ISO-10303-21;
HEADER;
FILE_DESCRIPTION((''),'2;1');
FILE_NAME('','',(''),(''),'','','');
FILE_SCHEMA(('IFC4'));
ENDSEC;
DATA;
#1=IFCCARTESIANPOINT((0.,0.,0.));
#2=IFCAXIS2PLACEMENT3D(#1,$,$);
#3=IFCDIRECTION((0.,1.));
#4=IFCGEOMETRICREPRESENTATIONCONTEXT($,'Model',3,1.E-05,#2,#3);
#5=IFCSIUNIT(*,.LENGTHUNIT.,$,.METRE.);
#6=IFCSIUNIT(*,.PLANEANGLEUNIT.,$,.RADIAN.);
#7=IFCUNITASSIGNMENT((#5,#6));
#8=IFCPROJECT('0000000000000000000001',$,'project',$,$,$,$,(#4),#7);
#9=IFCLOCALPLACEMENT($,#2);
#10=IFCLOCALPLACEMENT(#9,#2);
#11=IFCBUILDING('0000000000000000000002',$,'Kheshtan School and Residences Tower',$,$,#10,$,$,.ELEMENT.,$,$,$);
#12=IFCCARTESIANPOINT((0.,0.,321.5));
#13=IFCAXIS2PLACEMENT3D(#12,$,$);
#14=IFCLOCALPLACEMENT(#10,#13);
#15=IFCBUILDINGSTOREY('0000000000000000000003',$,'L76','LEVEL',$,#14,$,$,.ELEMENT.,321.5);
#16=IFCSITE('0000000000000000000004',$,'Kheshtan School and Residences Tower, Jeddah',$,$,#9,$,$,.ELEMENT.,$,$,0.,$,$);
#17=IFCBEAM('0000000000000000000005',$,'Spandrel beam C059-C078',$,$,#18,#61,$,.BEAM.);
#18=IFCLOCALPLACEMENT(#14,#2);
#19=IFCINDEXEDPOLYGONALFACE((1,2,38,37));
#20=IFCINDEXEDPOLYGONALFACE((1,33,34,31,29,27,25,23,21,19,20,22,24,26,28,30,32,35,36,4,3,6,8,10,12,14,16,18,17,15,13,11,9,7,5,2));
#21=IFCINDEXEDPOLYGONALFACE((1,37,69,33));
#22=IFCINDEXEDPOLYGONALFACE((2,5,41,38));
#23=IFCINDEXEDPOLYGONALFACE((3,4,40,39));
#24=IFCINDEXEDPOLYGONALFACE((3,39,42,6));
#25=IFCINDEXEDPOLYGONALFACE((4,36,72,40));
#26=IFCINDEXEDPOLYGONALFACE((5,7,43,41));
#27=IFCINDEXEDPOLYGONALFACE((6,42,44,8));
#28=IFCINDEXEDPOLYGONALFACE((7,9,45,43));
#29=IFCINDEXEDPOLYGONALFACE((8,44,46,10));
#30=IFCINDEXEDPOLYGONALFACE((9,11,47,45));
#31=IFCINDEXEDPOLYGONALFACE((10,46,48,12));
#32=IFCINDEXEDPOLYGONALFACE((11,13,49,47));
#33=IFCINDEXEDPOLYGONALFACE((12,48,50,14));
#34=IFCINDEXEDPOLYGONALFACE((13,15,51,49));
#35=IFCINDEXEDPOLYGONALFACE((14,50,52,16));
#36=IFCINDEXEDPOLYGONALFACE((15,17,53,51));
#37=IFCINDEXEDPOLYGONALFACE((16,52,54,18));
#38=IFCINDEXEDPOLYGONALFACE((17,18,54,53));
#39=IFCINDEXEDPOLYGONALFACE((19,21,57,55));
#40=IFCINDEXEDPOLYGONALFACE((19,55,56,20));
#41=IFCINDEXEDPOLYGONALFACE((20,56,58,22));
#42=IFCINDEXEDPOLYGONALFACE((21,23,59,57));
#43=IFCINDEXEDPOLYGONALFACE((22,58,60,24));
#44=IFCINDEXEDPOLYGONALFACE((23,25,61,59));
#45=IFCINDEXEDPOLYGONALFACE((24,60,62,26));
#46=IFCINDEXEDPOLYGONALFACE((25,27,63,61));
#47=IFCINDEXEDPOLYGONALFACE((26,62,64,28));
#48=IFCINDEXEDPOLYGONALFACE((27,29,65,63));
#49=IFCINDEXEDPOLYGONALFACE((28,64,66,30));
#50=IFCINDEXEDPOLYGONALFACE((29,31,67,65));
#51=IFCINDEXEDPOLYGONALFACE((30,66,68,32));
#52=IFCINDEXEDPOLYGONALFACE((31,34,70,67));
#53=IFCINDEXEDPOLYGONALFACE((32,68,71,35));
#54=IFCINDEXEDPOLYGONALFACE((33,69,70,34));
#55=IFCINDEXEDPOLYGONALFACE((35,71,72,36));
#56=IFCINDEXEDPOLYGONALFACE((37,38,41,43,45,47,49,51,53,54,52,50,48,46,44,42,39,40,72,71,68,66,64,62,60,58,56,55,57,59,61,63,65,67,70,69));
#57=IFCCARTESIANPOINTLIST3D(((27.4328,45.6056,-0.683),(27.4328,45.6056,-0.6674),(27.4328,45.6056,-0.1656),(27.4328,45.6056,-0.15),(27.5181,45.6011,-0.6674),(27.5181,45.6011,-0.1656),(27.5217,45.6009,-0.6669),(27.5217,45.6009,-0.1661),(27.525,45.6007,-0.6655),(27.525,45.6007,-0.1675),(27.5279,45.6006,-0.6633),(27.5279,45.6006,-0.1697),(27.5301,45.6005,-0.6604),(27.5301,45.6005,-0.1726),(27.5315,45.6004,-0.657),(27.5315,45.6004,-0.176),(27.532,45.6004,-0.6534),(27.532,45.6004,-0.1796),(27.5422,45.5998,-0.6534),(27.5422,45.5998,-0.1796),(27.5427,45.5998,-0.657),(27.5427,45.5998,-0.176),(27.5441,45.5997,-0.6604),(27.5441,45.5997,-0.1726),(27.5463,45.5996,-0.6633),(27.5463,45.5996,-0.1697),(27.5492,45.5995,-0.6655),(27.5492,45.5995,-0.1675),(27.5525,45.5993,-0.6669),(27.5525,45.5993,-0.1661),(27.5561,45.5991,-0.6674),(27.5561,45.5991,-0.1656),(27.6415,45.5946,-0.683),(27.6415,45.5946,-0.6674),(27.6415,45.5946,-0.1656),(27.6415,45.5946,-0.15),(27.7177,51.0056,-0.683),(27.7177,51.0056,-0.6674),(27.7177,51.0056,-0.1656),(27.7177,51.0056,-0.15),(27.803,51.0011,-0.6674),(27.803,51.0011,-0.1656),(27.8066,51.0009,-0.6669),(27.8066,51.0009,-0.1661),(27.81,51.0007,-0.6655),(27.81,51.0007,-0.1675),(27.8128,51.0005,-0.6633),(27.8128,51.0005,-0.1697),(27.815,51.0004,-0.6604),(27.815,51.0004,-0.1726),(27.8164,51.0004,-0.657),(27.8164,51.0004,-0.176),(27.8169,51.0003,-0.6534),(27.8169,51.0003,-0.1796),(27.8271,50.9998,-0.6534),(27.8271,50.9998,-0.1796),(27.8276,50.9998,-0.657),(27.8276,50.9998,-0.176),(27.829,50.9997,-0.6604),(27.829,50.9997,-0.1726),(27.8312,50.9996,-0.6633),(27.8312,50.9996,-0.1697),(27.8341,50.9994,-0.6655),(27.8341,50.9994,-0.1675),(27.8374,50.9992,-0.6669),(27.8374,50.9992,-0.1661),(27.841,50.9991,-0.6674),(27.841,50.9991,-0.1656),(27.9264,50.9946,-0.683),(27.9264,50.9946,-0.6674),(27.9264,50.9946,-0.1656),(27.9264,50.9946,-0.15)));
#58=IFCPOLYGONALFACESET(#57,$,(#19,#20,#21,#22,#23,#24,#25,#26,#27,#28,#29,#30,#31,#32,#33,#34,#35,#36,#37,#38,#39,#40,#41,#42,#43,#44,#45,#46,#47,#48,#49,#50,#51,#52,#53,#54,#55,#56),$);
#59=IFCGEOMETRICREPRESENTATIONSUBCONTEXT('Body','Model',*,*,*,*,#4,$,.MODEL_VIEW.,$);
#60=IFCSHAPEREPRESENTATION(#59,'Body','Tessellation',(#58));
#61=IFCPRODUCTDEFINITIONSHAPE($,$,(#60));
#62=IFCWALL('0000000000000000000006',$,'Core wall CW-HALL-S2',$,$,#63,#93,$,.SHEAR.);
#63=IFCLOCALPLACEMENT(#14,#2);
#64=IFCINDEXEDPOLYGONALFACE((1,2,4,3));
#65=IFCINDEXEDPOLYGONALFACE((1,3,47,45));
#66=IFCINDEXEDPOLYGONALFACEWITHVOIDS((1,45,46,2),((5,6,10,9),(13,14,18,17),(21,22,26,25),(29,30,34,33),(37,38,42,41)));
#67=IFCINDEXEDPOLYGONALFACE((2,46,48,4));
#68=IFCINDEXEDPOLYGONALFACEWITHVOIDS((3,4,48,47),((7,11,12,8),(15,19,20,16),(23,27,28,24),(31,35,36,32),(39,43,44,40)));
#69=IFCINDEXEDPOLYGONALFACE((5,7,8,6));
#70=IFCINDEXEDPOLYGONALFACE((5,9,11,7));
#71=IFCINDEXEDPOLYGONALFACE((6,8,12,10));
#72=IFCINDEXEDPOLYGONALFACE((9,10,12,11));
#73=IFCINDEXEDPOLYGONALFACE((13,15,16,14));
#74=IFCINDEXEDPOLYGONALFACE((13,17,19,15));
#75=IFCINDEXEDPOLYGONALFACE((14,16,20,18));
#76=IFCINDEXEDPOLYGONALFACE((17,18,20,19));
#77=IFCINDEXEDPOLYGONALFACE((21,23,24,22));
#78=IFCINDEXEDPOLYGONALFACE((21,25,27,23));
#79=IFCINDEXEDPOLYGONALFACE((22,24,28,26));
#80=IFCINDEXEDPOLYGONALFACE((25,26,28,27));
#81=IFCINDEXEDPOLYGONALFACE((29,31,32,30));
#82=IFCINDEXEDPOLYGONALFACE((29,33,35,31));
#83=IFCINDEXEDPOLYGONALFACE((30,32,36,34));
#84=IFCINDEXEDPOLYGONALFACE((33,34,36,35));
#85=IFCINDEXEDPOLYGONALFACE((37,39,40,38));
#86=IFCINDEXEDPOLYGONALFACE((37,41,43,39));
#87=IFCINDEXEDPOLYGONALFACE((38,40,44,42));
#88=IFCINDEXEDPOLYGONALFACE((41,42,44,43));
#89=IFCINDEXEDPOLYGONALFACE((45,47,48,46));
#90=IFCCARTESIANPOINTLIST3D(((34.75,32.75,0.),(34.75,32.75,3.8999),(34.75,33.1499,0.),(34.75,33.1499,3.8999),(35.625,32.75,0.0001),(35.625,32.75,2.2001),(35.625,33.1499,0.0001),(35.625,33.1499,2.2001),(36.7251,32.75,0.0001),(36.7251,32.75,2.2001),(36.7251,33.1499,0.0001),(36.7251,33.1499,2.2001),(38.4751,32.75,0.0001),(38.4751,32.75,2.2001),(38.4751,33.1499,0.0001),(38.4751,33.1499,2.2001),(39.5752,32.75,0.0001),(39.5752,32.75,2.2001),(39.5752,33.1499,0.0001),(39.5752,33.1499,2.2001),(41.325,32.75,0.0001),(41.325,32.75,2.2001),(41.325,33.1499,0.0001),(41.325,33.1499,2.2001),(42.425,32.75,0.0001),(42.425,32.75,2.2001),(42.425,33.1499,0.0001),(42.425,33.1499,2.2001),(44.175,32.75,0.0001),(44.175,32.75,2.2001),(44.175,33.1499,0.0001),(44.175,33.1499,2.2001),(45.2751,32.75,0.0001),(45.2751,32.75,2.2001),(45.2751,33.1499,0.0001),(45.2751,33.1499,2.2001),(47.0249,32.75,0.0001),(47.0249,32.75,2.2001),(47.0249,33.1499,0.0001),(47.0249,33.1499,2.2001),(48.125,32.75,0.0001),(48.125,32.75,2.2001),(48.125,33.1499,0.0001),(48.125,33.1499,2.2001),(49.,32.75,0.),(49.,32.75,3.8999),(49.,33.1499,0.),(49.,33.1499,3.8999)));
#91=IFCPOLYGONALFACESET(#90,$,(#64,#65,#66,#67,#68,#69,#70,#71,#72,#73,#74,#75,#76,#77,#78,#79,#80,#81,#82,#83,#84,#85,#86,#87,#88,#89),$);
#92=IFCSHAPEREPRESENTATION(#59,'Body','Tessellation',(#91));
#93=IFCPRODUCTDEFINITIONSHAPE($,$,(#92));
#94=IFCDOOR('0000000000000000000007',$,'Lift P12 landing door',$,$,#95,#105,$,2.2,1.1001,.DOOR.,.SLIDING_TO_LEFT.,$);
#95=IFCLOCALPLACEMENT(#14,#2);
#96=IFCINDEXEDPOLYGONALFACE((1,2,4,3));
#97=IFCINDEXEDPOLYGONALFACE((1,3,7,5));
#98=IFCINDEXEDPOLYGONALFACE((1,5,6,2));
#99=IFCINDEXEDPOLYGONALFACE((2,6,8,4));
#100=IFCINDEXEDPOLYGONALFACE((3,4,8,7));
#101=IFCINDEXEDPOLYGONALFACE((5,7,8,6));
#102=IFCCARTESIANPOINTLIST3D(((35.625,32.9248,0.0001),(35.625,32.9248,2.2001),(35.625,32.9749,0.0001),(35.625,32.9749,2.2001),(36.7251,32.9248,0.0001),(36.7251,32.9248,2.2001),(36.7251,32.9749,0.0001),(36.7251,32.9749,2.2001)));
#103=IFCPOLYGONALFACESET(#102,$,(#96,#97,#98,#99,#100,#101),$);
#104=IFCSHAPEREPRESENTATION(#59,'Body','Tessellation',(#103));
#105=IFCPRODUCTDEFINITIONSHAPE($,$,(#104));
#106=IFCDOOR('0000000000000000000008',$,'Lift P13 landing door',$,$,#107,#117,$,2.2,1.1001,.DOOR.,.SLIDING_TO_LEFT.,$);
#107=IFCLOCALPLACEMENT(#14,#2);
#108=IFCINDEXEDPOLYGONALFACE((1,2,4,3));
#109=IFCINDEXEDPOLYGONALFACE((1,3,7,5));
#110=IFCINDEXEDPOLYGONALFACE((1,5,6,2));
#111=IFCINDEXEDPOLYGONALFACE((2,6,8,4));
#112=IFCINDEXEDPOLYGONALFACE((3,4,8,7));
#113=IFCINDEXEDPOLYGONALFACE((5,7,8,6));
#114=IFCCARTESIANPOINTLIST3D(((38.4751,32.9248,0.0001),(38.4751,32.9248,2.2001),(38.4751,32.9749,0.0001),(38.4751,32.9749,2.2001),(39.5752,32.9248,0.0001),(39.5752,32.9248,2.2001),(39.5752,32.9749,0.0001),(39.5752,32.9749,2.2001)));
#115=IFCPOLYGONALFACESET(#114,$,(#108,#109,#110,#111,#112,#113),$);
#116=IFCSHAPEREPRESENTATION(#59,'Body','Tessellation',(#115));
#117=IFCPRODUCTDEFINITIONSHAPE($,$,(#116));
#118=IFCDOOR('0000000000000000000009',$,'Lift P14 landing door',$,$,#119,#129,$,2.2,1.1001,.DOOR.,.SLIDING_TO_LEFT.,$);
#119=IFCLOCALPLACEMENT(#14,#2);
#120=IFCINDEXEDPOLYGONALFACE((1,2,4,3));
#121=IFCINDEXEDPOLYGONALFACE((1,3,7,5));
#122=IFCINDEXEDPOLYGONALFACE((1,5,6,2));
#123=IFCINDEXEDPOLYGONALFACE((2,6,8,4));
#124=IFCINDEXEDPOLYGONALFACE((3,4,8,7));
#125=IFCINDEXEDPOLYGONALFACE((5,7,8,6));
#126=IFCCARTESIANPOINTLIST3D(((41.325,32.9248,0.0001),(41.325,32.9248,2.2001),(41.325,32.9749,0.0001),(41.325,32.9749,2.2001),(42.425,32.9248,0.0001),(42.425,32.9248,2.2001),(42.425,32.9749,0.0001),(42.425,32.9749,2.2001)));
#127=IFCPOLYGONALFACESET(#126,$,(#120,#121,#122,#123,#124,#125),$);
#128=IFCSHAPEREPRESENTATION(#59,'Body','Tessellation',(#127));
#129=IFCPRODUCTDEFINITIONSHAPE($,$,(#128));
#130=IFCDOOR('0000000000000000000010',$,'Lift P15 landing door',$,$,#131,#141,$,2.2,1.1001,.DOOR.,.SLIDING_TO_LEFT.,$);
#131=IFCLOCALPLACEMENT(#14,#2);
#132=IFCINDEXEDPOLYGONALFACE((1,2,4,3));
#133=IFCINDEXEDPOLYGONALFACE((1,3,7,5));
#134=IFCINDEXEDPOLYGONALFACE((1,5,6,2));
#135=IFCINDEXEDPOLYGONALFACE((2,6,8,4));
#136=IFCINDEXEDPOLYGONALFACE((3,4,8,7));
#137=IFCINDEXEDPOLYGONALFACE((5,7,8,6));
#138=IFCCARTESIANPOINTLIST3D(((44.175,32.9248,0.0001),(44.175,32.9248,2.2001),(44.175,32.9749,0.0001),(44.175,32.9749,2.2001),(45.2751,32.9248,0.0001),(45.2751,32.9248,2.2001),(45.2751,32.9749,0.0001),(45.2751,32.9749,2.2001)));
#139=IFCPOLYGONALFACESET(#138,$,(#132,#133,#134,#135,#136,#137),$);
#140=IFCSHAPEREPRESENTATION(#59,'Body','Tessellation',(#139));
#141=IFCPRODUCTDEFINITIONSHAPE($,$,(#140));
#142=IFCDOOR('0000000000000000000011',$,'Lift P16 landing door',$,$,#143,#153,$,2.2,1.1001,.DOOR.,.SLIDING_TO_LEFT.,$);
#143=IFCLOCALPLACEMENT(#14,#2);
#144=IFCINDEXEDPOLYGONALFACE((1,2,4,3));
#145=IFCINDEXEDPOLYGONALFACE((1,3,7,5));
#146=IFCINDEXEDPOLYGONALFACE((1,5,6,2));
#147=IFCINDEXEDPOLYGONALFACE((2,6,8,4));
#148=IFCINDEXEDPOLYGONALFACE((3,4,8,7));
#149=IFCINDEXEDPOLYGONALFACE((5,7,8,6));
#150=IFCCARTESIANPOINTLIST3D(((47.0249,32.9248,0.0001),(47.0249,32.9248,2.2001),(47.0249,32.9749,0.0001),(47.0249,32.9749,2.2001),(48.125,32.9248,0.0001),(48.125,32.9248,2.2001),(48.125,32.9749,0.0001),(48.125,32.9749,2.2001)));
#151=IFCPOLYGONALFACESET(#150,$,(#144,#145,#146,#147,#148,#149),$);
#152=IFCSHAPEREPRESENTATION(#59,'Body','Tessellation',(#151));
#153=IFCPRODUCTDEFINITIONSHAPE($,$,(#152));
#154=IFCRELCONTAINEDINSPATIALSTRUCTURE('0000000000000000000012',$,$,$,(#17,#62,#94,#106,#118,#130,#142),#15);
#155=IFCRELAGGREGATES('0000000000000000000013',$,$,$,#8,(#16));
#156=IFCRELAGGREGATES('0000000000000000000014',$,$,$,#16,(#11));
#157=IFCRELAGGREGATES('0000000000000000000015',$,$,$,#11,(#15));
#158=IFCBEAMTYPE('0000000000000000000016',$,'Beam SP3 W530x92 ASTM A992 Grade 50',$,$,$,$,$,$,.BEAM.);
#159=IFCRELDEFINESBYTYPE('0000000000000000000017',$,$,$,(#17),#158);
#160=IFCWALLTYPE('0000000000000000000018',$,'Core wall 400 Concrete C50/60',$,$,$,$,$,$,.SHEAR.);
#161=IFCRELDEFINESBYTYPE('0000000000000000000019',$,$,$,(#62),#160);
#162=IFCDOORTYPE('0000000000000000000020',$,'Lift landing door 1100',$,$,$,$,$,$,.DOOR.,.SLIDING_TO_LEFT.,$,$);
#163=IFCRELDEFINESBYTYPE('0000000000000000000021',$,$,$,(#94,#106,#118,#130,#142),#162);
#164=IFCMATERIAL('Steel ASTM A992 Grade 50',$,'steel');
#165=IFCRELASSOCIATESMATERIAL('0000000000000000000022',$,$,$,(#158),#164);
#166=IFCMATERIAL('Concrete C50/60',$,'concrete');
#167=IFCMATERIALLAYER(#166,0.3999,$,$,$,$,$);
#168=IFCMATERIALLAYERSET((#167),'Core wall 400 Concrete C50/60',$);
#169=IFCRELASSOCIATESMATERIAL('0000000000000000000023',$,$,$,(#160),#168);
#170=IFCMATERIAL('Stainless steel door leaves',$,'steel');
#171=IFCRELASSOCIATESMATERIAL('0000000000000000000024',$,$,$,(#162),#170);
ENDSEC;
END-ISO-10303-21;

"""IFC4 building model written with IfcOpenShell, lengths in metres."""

from ifc_helpers import new_model, si_unit, direction, frame, frame_2d, origin, origin_2d, place, context, subcontext, project, spatial, rectangle, i_section, extrude, source, transform, mapped, material, layer, layer_set, material_profile, profile_set, type_object, element, fill, save


model = new_model("IFC4")

# Units and contexts
model_context = context("Model", 3, precision=1e-05, world=origin(), true_north=direction((0.0, 1.0)))
body_context = subcontext(model_context, "Body", "Model", "MODEL_VIEW")
ifc_project = project(units=[si_unit("LENGTHUNIT", "METRE"), si_unit("PLANEANGLEUNIT", "RADIAN")], contexts=[model_context])

# Site, building, storey
site_placement = place(None, origin())
site = spatial("IfcSite", under=ifc_project, at=site_placement, Name="Kheshtan School and Residences Tower, Jeddah", CompositionType="ELEMENT", RefElevation=0.0)
building_placement = place(site_placement, origin())
building = spatial("IfcBuilding", under=site, at=building_placement, Name="Kheshtan School and Residences Tower", CompositionType="ELEMENT")
storey_placement = place(building_placement, frame((0.0, 0.0, 321.5)))
storey = spatial("IfcBuildingStorey", under=building, at=storey_placement, Name="L76", Description="LEVEL", CompositionType="ELEMENT", Elevation=321.5)

# Shared definitions
ifc_material_1 = material(Name="Steel ASTM A992 Grade 50", Category="steel")

# Beam
ifc_material_profile_1 = material_profile(ifc_material_1, i_section(OverallWidth=0.209, OverallDepth=0.533, WebThickness=0.0103, FlangeThickness=0.0156, FilletRadius=0.0139, at=origin_2d()), Name="W530x92")
ifc_profile_set_1 = profile_set([ifc_material_profile_1], Name="Steel ASTM A992 Grade 50")
beam_type_1 = type_object("IfcBeamType", Name="Beam SP3 W530x92 ASTM A992 Grade 50", PredefinedType="BEAM", material=ifc_profile_set_1)
beam_1_placement = place(storey_placement, frame((27.5371, 45.6001, -0.4165), z_axis=(0.052689, 0.998611, 0.0), x_axis=(-0.998611, 0.052689, 0.0)))
element("IfcBeam", 1, at=beam_1_placement, inside=storey, type_object=beam_type_1, Name="Spandrel beam C059-C078", PredefinedType="BEAM", context=body_context, shape_type="SweptSolid", body=[
    extrude(i_section(OverallWidth=0.209, OverallDepth=0.533, WebThickness=0.0103, FlangeThickness=0.0156, FilletRadius=0.0139, at=origin_2d()), origin(), (0.0, 0.0, 1.0), 5.4075),
])

# Wall, openings, doors
ifc_material_2 = material(Name="Concrete C50/60", Category="concrete")
ifc_layer_1 = layer(ifc_material_2, 0.3999)
ifc_layer_set_1 = layer_set([ifc_layer_1], Name="Core wall 400 Concrete C50/60")
wall_type_1 = type_object("IfcWallType", Name="Core wall 400 Concrete C50/60", PredefinedType="SHEAR", material=ifc_layer_set_1)
wall_1_placement = place(storey_placement, frame((34.75, 32.95, 0.0), z_axis=(0.0, 0.0, 1.0), x_axis=(1.0, 0.0, 0.0)))
wall_1 = element("IfcWall", 2, at=wall_1_placement, inside=storey, type_object=wall_type_1, Name="Core wall CW-HALL-S2", PredefinedType="SHEAR", context=body_context, shape_type="SweptSolid", body=[
    extrude(rectangle(XDim=14.25, YDim=0.3999, at=frame_2d((7.125, 0.0))), origin(), (0.0, 0.0, 1.0), 3.8999),
])
opening_1_placement = place(wall_1_placement, frame((0.875, 0.0, 0.0)))
opening_1 = element("IfcOpeningElement", 3, at=opening_1_placement, cuts=wall_1, PredefinedType="OPENING", context=body_context, shape_type="SweptSolid", body=[
    extrude(rectangle(XDim=1.1001, YDim=2.2, at=frame_2d((0.55, 1.1001))), frame((0.0, 0.21, 0.0), z_axis=(0.0, -1.0, 0.0), x_axis=(1.0, 0.0, 0.0)), (0.0, 0.0, 1.0), 0.4199),
])
opening_2_placement = place(wall_1_placement, frame((3.7251, 0.0, 0.0)))
opening_2 = element("IfcOpeningElement", 4, at=opening_2_placement, cuts=wall_1, PredefinedType="OPENING", context=body_context, shape_type="SweptSolid", body=[
    extrude(rectangle(XDim=1.1001, YDim=2.2, at=frame_2d((0.55, 1.1001))), frame((0.0, 0.21, 0.0), z_axis=(0.0, -1.0, 0.0), x_axis=(1.0, 0.0, 0.0)), (0.0, 0.0, 1.0), 0.4199),
])
opening_3_placement = place(wall_1_placement, frame((6.575, 0.0, 0.0)))
opening_3 = element("IfcOpeningElement", 5, at=opening_3_placement, cuts=wall_1, PredefinedType="OPENING", context=body_context, shape_type="SweptSolid", body=[
    extrude(rectangle(XDim=1.1001, YDim=2.2, at=frame_2d((0.55, 1.1001))), frame((0.0, 0.21, 0.0), z_axis=(0.0, -1.0, 0.0), x_axis=(1.0, 0.0, 0.0)), (0.0, 0.0, 1.0), 0.4199),
])
opening_4_placement = place(wall_1_placement, frame((9.425, 0.0, 0.0)))
opening_4 = element("IfcOpeningElement", 6, at=opening_4_placement, cuts=wall_1, PredefinedType="OPENING", context=body_context, shape_type="SweptSolid", body=[
    extrude(rectangle(XDim=1.1001, YDim=2.2, at=frame_2d((0.55, 1.1001))), frame((0.0, 0.21, 0.0), z_axis=(0.0, -1.0, 0.0), x_axis=(1.0, 0.0, 0.0)), (0.0, 0.0, 1.0), 0.4199),
])
opening_5_placement = place(wall_1_placement, frame((12.2749, 0.0, 0.0)))
opening_5 = element("IfcOpeningElement", 7, at=opening_5_placement, cuts=wall_1, PredefinedType="OPENING", context=body_context, shape_type="SweptSolid", body=[
    extrude(rectangle(XDim=1.1001, YDim=2.2, at=frame_2d((0.55, 1.1001))), frame((0.0, 0.21, 0.0), z_axis=(0.0, -1.0, 0.0), x_axis=(1.0, 0.0, 0.0)), (0.0, 0.0, 1.0), 0.4199),
])
ifc_material_3 = material(Name="Stainless steel door leaves", Category="steel")
door_type_1 = type_object("IfcDoorType", Name="Lift landing door 1100", OperationType="SLIDING_TO_LEFT", PredefinedType="DOOR", material=ifc_material_3)
shared_shape_1 = source(origin(), body_context, "Body", "SweptSolid", [
    extrude(rectangle(XDim=1.1001, YDim=2.2, at=frame_2d((0.55, 1.1001))), frame((0.0, 0.0249, 0.0), z_axis=(0.0, -1.0, 0.0), x_axis=(1.0, 0.0, 0.0)), (0.0, 0.0, 1.0), 0.05),
])
door_1_placement = place(opening_1_placement, origin())
door_1 = element("IfcDoor", 8, at=door_1_placement, inside=storey, type_object=door_type_1, Name="Lift P12 landing door", OperationType="SLIDING_TO_LEFT", OverallHeight=2.2, OverallWidth=1.1001, PredefinedType="DOOR", context=body_context, shape_type="MappedRepresentation", body=[
    mapped(shared_shape_1, transform((0.0, 0.0, 0.0), x_axis=(1.0, 0.0, 0.0), y_axis=(0.0, 1.0, 0.0), z_axis=(0.0, 0.0, 1.0), scale=1.0)),
])
fill(opening_1, door_1)
door_2_placement = place(opening_2_placement, origin())
door_2 = element("IfcDoor", 9, at=door_2_placement, inside=storey, type_object=door_type_1, Name="Lift P13 landing door", OperationType="SLIDING_TO_LEFT", OverallHeight=2.2, OverallWidth=1.1001, PredefinedType="DOOR", context=body_context, shape_type="MappedRepresentation", body=[
    mapped(shared_shape_1, transform((0.0, 0.0, 0.0), x_axis=(1.0, 0.0, 0.0), y_axis=(0.0, 1.0, 0.0), z_axis=(0.0, 0.0, 1.0), scale=1.0)),
])
fill(opening_2, door_2)
door_3_placement = place(opening_3_placement, origin())
door_3 = element("IfcDoor", 10, at=door_3_placement, inside=storey, type_object=door_type_1, Name="Lift P14 landing door", OperationType="SLIDING_TO_LEFT", OverallHeight=2.2, OverallWidth=1.1001, PredefinedType="DOOR", context=body_context, shape_type="MappedRepresentation", body=[
    mapped(shared_shape_1, transform((0.0, 0.0, 0.0), x_axis=(1.0, 0.0, 0.0), y_axis=(0.0, 1.0, 0.0), z_axis=(0.0, 0.0, 1.0), scale=1.0)),
])
fill(opening_3, door_3)
door_4_placement = place(opening_4_placement, origin())
door_4 = element("IfcDoor", 11, at=door_4_placement, inside=storey, type_object=door_type_1, Name="Lift P15 landing door", OperationType="SLIDING_TO_LEFT", OverallHeight=2.2, OverallWidth=1.1001, PredefinedType="DOOR", context=body_context, shape_type="MappedRepresentation", body=[
    mapped(shared_shape_1, transform((0.0, 0.0, 0.0), x_axis=(1.0, 0.0, 0.0), y_axis=(0.0, 1.0, 0.0), z_axis=(0.0, 0.0, 1.0), scale=1.0)),
])
fill(opening_4, door_4)
door_5_placement = place(opening_5_placement, origin())
door_5 = element("IfcDoor", 12, at=door_5_placement, inside=storey, type_object=door_type_1, Name="Lift P16 landing door", OperationType="SLIDING_TO_LEFT", OverallHeight=2.2, OverallWidth=1.1001, PredefinedType="DOOR", context=body_context, shape_type="MappedRepresentation", body=[
    mapped(shared_shape_1, transform((0.0, 0.0, 0.0), x_axis=(1.0, 0.0, 0.0), y_axis=(0.0, 1.0, 0.0), z_axis=(0.0, 0.0, 1.0), scale=1.0)),
])
fill(opening_5, door_5)

save(model, "model.ifc")
